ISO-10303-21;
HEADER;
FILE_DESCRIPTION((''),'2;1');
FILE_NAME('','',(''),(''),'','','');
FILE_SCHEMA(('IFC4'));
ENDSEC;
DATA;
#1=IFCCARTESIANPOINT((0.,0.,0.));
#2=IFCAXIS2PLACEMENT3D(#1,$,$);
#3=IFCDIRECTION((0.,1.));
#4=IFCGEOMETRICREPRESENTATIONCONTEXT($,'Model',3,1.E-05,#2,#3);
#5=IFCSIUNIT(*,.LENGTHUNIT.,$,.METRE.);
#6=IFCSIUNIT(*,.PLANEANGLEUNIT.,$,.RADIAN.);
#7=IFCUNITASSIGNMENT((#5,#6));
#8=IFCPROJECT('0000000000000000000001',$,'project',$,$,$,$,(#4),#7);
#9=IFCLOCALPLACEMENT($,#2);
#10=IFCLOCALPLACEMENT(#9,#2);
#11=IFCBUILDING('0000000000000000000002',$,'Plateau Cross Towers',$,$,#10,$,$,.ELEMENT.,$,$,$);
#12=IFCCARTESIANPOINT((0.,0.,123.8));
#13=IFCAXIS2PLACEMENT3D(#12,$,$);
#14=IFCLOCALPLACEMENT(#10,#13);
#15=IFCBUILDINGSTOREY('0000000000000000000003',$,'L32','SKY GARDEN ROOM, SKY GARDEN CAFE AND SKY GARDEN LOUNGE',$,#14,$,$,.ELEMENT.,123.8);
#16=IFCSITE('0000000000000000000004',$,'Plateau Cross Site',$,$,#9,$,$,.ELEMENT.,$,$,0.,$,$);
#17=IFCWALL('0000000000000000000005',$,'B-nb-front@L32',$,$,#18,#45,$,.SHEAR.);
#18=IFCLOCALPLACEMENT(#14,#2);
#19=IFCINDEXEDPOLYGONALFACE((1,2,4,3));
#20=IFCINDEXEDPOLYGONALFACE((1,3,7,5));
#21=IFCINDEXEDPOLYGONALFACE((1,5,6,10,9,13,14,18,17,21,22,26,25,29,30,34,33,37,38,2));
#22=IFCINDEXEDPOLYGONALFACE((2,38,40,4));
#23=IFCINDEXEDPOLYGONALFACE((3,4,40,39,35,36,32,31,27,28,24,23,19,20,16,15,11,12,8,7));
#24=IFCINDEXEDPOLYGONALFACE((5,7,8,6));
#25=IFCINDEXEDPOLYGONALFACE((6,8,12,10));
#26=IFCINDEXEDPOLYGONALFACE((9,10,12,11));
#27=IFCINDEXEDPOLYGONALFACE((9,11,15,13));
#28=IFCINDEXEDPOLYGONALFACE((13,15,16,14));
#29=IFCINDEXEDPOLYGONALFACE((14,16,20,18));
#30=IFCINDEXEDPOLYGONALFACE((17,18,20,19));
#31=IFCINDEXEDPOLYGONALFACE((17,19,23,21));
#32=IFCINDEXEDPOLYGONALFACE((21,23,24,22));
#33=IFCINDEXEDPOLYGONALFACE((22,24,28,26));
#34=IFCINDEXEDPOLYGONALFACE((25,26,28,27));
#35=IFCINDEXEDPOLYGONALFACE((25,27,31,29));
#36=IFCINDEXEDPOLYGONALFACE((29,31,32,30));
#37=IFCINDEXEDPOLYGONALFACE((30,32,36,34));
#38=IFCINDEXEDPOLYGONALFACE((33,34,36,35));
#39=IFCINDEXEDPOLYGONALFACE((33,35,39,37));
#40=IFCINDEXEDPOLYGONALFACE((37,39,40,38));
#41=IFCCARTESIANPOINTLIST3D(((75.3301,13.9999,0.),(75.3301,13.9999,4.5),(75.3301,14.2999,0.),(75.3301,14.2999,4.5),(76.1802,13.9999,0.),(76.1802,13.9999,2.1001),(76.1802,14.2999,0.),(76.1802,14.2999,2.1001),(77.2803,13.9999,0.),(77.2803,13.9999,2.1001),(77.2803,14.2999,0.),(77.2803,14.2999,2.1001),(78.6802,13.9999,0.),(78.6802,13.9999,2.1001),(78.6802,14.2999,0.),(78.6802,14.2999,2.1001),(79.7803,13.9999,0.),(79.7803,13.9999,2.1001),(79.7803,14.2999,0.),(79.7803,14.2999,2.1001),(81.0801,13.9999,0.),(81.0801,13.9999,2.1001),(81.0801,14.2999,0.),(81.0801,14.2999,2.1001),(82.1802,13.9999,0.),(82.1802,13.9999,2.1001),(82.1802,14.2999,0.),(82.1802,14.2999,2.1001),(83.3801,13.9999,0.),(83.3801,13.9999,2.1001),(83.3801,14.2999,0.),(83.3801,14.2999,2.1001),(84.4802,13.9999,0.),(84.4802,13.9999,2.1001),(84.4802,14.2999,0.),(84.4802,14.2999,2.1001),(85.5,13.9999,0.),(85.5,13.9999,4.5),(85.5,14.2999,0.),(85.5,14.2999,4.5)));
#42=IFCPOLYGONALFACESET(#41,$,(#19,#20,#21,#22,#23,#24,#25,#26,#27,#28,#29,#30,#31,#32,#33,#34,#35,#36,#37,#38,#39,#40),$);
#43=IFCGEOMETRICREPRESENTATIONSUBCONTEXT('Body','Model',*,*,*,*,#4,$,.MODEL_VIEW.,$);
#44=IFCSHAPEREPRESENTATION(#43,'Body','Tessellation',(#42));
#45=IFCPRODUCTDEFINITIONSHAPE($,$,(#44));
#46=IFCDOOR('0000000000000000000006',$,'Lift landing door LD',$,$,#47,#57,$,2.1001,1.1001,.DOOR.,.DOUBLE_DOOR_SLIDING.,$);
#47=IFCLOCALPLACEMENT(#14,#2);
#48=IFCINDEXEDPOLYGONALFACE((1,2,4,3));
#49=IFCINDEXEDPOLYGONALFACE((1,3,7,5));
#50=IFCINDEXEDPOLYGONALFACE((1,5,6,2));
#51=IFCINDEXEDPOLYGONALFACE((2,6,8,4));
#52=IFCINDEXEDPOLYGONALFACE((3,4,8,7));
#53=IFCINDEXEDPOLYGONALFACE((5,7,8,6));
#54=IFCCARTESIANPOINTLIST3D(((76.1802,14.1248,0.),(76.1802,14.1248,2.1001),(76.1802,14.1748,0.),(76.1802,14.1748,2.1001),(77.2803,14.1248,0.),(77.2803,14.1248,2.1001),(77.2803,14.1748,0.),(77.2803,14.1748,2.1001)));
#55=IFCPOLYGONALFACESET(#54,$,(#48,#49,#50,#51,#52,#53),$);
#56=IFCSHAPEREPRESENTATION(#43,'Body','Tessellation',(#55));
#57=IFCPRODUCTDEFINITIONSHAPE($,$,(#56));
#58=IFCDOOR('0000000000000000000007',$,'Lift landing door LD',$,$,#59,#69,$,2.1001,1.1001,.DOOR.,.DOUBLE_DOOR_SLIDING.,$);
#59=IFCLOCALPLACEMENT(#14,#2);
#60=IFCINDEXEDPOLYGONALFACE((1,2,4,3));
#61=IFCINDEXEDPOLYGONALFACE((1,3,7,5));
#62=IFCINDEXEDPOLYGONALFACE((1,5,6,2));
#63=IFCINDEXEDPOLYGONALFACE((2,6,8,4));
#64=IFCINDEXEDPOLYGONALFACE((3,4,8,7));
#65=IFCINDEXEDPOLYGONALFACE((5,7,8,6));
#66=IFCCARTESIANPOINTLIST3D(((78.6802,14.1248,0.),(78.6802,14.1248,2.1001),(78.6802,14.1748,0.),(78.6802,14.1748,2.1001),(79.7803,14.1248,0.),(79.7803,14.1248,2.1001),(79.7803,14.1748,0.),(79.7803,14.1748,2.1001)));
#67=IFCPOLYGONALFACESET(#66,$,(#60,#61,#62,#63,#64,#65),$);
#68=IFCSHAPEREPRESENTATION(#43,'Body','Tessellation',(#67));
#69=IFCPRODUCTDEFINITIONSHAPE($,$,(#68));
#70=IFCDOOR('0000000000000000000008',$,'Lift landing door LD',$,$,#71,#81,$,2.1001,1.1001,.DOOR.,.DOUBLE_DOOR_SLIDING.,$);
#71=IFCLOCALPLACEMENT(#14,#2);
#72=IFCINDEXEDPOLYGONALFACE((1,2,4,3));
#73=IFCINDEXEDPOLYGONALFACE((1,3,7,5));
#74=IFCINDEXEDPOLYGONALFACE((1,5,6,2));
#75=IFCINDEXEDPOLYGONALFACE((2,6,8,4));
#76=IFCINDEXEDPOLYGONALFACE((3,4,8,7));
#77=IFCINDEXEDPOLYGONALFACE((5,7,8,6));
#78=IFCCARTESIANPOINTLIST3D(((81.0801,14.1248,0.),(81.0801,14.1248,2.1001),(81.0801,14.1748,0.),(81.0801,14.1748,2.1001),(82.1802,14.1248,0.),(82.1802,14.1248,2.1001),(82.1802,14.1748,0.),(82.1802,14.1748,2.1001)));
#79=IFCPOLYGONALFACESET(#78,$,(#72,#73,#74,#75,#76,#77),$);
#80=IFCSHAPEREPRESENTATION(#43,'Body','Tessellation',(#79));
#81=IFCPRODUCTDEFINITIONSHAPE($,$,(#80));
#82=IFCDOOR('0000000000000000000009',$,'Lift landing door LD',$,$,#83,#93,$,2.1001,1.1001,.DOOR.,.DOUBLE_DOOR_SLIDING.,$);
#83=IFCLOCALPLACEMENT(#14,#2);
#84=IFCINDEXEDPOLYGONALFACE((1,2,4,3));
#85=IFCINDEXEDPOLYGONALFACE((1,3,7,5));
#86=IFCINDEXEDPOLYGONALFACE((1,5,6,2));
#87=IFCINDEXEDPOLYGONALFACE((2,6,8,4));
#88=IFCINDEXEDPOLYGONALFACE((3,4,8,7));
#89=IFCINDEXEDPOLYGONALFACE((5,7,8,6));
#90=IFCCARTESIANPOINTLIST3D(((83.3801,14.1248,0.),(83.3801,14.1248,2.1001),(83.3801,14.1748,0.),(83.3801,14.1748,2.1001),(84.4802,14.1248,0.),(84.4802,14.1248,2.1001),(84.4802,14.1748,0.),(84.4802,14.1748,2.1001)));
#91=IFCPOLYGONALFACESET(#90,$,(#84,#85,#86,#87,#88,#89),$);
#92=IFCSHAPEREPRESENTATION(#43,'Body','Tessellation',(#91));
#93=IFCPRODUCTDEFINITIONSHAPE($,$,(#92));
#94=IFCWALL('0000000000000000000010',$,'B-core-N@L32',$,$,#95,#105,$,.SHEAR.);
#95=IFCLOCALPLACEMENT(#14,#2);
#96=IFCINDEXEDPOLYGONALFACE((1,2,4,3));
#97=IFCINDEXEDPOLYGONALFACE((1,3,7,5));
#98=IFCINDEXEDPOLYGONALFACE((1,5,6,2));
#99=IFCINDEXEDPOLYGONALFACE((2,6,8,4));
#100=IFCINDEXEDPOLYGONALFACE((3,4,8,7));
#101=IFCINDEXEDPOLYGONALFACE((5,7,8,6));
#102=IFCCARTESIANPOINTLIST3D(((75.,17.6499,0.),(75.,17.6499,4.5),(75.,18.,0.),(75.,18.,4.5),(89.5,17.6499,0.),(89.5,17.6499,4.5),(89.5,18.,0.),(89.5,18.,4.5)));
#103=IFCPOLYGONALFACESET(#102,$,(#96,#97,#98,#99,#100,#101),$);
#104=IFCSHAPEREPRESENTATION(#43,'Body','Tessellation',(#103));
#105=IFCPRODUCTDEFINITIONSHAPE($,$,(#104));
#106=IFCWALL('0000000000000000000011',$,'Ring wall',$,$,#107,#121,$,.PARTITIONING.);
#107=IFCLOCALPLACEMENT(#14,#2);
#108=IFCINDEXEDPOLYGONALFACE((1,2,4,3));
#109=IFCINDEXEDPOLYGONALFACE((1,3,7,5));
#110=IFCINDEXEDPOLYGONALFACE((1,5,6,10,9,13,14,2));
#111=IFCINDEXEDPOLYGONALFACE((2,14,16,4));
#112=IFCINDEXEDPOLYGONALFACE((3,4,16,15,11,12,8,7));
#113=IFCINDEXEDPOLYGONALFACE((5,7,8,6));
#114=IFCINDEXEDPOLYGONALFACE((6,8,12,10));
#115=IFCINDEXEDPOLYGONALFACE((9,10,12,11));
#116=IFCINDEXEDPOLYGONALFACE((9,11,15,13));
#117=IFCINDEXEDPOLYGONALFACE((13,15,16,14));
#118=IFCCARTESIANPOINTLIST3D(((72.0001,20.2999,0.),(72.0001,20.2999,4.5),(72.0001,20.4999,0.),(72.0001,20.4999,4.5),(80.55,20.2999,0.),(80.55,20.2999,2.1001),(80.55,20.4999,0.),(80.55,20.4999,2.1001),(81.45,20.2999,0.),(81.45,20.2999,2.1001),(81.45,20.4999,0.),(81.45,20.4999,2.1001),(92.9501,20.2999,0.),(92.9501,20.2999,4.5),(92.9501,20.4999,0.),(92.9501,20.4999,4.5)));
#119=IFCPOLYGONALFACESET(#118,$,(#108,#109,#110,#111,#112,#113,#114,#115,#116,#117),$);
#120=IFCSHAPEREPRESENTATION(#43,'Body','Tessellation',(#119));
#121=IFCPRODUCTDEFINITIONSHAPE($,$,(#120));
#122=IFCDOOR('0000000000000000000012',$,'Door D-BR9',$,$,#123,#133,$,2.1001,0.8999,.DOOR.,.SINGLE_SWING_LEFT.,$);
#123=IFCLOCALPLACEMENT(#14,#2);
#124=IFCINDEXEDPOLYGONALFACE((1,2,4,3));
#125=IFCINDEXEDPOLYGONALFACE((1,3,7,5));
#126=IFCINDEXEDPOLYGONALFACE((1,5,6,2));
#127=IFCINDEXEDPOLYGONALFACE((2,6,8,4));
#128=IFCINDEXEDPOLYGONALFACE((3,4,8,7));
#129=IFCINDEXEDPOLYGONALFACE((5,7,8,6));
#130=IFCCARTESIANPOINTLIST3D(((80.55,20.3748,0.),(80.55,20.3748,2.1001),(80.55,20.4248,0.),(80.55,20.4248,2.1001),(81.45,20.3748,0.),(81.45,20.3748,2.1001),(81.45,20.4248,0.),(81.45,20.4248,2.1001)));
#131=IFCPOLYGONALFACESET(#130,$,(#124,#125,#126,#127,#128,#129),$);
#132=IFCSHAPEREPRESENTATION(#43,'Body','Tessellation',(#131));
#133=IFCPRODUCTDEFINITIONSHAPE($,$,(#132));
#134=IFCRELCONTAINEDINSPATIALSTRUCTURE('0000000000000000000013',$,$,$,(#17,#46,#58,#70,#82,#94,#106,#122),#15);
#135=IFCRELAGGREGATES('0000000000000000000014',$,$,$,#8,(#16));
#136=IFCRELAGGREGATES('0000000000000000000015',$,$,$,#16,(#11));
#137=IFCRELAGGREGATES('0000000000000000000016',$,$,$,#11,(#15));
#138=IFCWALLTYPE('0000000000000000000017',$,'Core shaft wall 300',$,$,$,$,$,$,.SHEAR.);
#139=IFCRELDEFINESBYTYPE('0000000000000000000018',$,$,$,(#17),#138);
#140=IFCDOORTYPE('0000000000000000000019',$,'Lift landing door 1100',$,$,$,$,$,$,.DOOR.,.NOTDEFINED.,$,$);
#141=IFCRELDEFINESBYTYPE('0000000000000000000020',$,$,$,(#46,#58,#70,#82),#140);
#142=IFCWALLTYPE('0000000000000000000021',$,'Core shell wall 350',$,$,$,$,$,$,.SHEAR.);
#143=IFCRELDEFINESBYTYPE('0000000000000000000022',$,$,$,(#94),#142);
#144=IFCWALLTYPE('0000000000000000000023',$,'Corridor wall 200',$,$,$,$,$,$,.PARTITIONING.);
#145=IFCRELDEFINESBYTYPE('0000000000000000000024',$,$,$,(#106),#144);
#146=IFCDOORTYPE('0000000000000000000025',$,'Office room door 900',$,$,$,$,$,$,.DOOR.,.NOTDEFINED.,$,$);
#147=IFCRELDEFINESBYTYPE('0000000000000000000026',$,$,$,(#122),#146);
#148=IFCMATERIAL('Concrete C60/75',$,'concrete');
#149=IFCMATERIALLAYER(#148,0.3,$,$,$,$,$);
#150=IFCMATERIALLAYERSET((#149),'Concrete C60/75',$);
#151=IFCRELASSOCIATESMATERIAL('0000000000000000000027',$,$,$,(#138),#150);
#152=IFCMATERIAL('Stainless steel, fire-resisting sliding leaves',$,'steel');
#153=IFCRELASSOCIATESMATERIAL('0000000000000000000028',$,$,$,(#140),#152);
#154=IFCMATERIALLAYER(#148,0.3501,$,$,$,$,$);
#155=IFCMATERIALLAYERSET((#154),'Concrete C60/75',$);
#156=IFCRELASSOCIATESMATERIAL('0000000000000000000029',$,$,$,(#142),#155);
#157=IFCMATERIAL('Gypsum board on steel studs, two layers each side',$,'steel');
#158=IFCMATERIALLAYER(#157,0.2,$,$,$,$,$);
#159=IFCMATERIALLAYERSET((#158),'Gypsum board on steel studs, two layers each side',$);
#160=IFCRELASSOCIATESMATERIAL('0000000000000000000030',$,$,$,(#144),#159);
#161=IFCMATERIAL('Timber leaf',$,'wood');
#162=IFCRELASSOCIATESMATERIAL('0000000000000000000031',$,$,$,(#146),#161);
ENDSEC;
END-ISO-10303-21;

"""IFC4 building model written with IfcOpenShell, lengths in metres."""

from ifc_helpers import new_model, si_unit, direction, frame, frame_2d, origin, place, context, subcontext, project, spatial, rectangle, extrude, material, layer, layer_set, type_object, element, fill, save


model = new_model("IFC4")

# Units and contexts
model_context = context("Model", 3, precision=1e-05, world=origin(), true_north=direction((0.0, 1.0)))
body_context = subcontext(model_context, "Body", "Model", "MODEL_VIEW")
ifc_project = project(units=[si_unit("LENGTHUNIT", "METRE"), si_unit("PLANEANGLEUNIT", "RADIAN")], contexts=[model_context])

# Site, building, storey
site_placement = place(None, origin())
site = spatial("IfcSite", under=ifc_project, at=site_placement, Name="Plateau Cross Site", CompositionType="ELEMENT", RefElevation=0.0)
building_placement = place(site_placement, origin())
building = spatial("IfcBuilding", under=site, at=building_placement, Name="Plateau Cross Towers", CompositionType="ELEMENT")
storey_placement = place(building_placement, frame((0.0, 0.0, 123.8)))
storey = spatial("IfcBuildingStorey", under=building, at=storey_placement, Name="L32", Description="SKY GARDEN ROOM, SKY GARDEN CAFE AND SKY GARDEN LOUNGE", CompositionType="ELEMENT", Elevation=123.8)

# Shared definitions
ifc_material_1 = material(Name="Concrete C60/75", Category="concrete")

# Wall, openings, doors
ifc_layer_1 = layer(ifc_material_1, 0.3)
ifc_layer_set_1 = layer_set([ifc_layer_1], Name="Concrete C60/75")
wall_type_1 = type_object("IfcWallType", Name="Core shaft wall 300", PredefinedType="SHEAR", material=ifc_layer_set_1)
wall_1_placement = place(storey_placement, frame((75.3301, 14.1499, 0.0), z_axis=(0.0, 0.0, 1.0), x_axis=(1.0, 0.0, 0.0)))
wall_1 = element("IfcWall", 1, at=wall_1_placement, inside=storey, type_object=wall_type_1, Name="B-nb-front@L32", PredefinedType="SHEAR", context=body_context, shape_type="SweptSolid", body=[
    extrude(rectangle(XDim=10.1699, YDim=0.3, at=frame_2d((5.085, 0.0))), origin(), (0.0, 0.0, 1.0), 4.5),
])
opening_1_placement = place(wall_1_placement, frame((0.8501, 0.0, 0.0)))
opening_1 = element("IfcOpeningElement", 2, at=opening_1_placement, cuts=wall_1, PredefinedType="OPENING", context=body_context, shape_type="SweptSolid", body=[
    extrude(rectangle(XDim=1.1001, YDim=2.1001, at=frame_2d((0.55, 1.05))), frame((0.0, 0.1599, 0.0), z_axis=(0.0, -1.0, 0.0), x_axis=(1.0, 0.0, 0.0)), (0.0, 0.0, 1.0), 0.3201),
])
opening_2_placement = place(wall_1_placement, frame((3.3501, 0.0, 0.0)))
opening_2 = element("IfcOpeningElement", 3, at=opening_2_placement, cuts=wall_1, PredefinedType="OPENING", context=body_context, shape_type="SweptSolid", body=[
    extrude(rectangle(XDim=1.1001, YDim=2.1001, at=frame_2d((0.55, 1.05))), frame((0.0, 0.1599, 0.0), z_axis=(0.0, -1.0, 0.0), x_axis=(1.0, 0.0, 0.0)), (0.0, 0.0, 1.0), 0.3201),
])
opening_3_placement = place(wall_1_placement, frame((5.75, 0.0, 0.0)))
opening_3 = element("IfcOpeningElement", 4, at=opening_3_placement, cuts=wall_1, PredefinedType="OPENING", context=body_context, shape_type="SweptSolid", body=[
    extrude(rectangle(XDim=1.1001, YDim=2.1001, at=frame_2d((0.55, 1.05))), frame((0.0, 0.1599, 0.0), z_axis=(0.0, -1.0, 0.0), x_axis=(1.0, 0.0, 0.0)), (0.0, 0.0, 1.0), 0.3201),
])
opening_4_placement = place(wall_1_placement, frame((8.05, 0.0, 0.0)))
opening_4 = element("IfcOpeningElement", 5, at=opening_4_placement, cuts=wall_1, PredefinedType="OPENING", context=body_context, shape_type="SweptSolid", body=[
    extrude(rectangle(XDim=1.1001, YDim=2.1001, at=frame_2d((0.55, 1.05))), frame((0.0, 0.1599, 0.0), z_axis=(0.0, -1.0, 0.0), x_axis=(1.0, 0.0, 0.0)), (0.0, 0.0, 1.0), 0.3201),
])
ifc_material_2 = material(Name="Stainless steel, fire-resisting sliding leaves", Category="steel")
door_type_1 = type_object("IfcDoorType", Name="Lift landing door 1100", OperationType="NOTDEFINED", PredefinedType="DOOR", material=ifc_material_2)
door_1_placement = place(opening_1_placement, origin())
door_1 = element("IfcDoor", 6, at=door_1_placement, inside=storey, type_object=door_type_1, Name="Lift landing door LD", OperationType="DOUBLE_DOOR_SLIDING", OverallHeight=2.1001, OverallWidth=1.1001, PredefinedType="DOOR", context=body_context, shape_type="SweptSolid", body=[
    extrude(rectangle(XDim=1.1001, YDim=2.1001, at=frame_2d((0.55, 1.05))), frame((0.0, 0.0249, 0.0), z_axis=(0.0, -1.0, 0.0), x_axis=(1.0, 0.0, 0.0)), (0.0, 0.0, 1.0), 0.05),
])
fill(opening_1, door_1)
door_2_placement = place(opening_2_placement, origin())
door_2 = element("IfcDoor", 7, at=door_2_placement, inside=storey, type_object=door_type_1, Name="Lift landing door LD", OperationType="DOUBLE_DOOR_SLIDING", OverallHeight=2.1001, OverallWidth=1.1001, PredefinedType="DOOR", context=body_context, shape_type="SweptSolid", body=[
    extrude(rectangle(XDim=1.1001, YDim=2.1001, at=frame_2d((0.55, 1.05))), frame((0.0, 0.0249, 0.0), z_axis=(0.0, -1.0, 0.0), x_axis=(1.0, 0.0, 0.0)), (0.0, 0.0, 1.0), 0.05),
])
fill(opening_2, door_2)
door_3_placement = place(opening_3_placement, origin())
door_3 = element("IfcDoor", 8, at=door_3_placement, inside=storey, type_object=door_type_1, Name="Lift landing door LD", OperationType="DOUBLE_DOOR_SLIDING", OverallHeight=2.1001, OverallWidth=1.1001, PredefinedType="DOOR", context=body_context, shape_type="SweptSolid", body=[
    extrude(rectangle(XDim=1.1001, YDim=2.1001, at=frame_2d((0.55, 1.05))), frame((0.0, 0.0249, 0.0), z_axis=(0.0, -1.0, 0.0), x_axis=(1.0, 0.0, 0.0)), (0.0, 0.0, 1.0), 0.05),
])
fill(opening_3, door_3)
door_4_placement = place(opening_4_placement, origin())
door_4 = element("IfcDoor", 9, at=door_4_placement, inside=storey, type_object=door_type_1, Name="Lift landing door LD", OperationType="DOUBLE_DOOR_SLIDING", OverallHeight=2.1001, OverallWidth=1.1001, PredefinedType="DOOR", context=body_context, shape_type="SweptSolid", body=[
    extrude(rectangle(XDim=1.1001, YDim=2.1001, at=frame_2d((0.55, 1.05))), frame((0.0, 0.0249, 0.0), z_axis=(0.0, -1.0, 0.0), x_axis=(1.0, 0.0, 0.0)), (0.0, 0.0, 1.0), 0.05),
])
fill(opening_4, door_4)

# Wall
ifc_layer_2 = layer(ifc_material_1, 0.3501)
ifc_layer_set_2 = layer_set([ifc_layer_2], Name="Concrete C60/75")
wall_type_2 = type_object("IfcWallType", Name="Core shell wall 350", PredefinedType="SHEAR", material=ifc_layer_set_2)
wall_2_placement = place(storey_placement, frame((75.0, 17.825, 0.0), z_axis=(0.0, 0.0, 1.0), x_axis=(1.0, 0.0, 0.0)))
element("IfcWall", 10, at=wall_2_placement, inside=storey, type_object=wall_type_2, Name="B-core-N@L32", PredefinedType="SHEAR", context=body_context, shape_type="SweptSolid", body=[
    extrude(rectangle(XDim=14.5, YDim=0.3501, at=frame_2d((7.25, 0.0))), origin(), (0.0, 0.0, 1.0), 4.5),
])

# Wall, opening, door
ifc_material_3 = material(Name="Gypsum board on steel studs, two layers each side", Category="steel")
ifc_layer_3 = layer(ifc_material_3, 0.2)
ifc_layer_set_3 = layer_set([ifc_layer_3], Name="Gypsum board on steel studs, two layers each side")
wall_type_3 = type_object("IfcWallType", Name="Corridor wall 200", PredefinedType="PARTITIONING", material=ifc_layer_set_3)
wall_3_placement = place(storey_placement, frame((72.0, 20.3999, 0.0), z_axis=(0.0, 0.0, 1.0), x_axis=(1.0, 0.0, 0.0)))
wall_3 = element("IfcWall", 11, at=wall_3_placement, inside=storey, type_object=wall_type_3, Name="Ring wall", PredefinedType="PARTITIONING", context=body_context, shape_type="SweptSolid", body=[
    extrude(rectangle(XDim=20.95, YDim=0.2, at=frame_2d((10.4751, 0.0))), origin(), (0.0, 0.0, 1.0), 4.5),
])
opening_5_placement = place(wall_3_placement, frame((8.55, 0.0, 0.0)))
opening_5 = element("IfcOpeningElement", 12, at=opening_5_placement, cuts=wall_3, PredefinedType="OPENING", context=body_context, shape_type="SweptSolid", body=[
    extrude(rectangle(XDim=0.8999, YDim=2.1001, at=frame_2d((0.45, 1.05))), frame((0.0, 0.1099, 0.0), z_axis=(0.0, -1.0, 0.0), x_axis=(1.0, 0.0, 0.0)), (0.0, 0.0, 1.0), 0.22),
])
ifc_material_4 = material(Name="Timber leaf", Category="wood")
door_type_2 = type_object("IfcDoorType", Name="Office room door 900", OperationType="NOTDEFINED", PredefinedType="DOOR", material=ifc_material_4)
door_5_placement = place(opening_5_placement, origin())
door_5 = element("IfcDoor", 13, at=door_5_placement, inside=storey, type_object=door_type_2, Name="Door D-BR9", OperationType="SINGLE_SWING_LEFT", OverallHeight=2.1001, OverallWidth=0.8999, PredefinedType="DOOR", context=body_context, shape_type="SweptSolid", body=[
    extrude(rectangle(XDim=0.8999, YDim=2.1001, at=frame_2d((0.45, 1.05))), frame((0.0, 0.0249, 0.0), z_axis=(0.0, -1.0, 0.0), x_axis=(1.0, 0.0, 0.0)), (0.0, 0.0, 1.0), 0.05),
])
fill(opening_5, door_5)

save(model, "model.ifc")
